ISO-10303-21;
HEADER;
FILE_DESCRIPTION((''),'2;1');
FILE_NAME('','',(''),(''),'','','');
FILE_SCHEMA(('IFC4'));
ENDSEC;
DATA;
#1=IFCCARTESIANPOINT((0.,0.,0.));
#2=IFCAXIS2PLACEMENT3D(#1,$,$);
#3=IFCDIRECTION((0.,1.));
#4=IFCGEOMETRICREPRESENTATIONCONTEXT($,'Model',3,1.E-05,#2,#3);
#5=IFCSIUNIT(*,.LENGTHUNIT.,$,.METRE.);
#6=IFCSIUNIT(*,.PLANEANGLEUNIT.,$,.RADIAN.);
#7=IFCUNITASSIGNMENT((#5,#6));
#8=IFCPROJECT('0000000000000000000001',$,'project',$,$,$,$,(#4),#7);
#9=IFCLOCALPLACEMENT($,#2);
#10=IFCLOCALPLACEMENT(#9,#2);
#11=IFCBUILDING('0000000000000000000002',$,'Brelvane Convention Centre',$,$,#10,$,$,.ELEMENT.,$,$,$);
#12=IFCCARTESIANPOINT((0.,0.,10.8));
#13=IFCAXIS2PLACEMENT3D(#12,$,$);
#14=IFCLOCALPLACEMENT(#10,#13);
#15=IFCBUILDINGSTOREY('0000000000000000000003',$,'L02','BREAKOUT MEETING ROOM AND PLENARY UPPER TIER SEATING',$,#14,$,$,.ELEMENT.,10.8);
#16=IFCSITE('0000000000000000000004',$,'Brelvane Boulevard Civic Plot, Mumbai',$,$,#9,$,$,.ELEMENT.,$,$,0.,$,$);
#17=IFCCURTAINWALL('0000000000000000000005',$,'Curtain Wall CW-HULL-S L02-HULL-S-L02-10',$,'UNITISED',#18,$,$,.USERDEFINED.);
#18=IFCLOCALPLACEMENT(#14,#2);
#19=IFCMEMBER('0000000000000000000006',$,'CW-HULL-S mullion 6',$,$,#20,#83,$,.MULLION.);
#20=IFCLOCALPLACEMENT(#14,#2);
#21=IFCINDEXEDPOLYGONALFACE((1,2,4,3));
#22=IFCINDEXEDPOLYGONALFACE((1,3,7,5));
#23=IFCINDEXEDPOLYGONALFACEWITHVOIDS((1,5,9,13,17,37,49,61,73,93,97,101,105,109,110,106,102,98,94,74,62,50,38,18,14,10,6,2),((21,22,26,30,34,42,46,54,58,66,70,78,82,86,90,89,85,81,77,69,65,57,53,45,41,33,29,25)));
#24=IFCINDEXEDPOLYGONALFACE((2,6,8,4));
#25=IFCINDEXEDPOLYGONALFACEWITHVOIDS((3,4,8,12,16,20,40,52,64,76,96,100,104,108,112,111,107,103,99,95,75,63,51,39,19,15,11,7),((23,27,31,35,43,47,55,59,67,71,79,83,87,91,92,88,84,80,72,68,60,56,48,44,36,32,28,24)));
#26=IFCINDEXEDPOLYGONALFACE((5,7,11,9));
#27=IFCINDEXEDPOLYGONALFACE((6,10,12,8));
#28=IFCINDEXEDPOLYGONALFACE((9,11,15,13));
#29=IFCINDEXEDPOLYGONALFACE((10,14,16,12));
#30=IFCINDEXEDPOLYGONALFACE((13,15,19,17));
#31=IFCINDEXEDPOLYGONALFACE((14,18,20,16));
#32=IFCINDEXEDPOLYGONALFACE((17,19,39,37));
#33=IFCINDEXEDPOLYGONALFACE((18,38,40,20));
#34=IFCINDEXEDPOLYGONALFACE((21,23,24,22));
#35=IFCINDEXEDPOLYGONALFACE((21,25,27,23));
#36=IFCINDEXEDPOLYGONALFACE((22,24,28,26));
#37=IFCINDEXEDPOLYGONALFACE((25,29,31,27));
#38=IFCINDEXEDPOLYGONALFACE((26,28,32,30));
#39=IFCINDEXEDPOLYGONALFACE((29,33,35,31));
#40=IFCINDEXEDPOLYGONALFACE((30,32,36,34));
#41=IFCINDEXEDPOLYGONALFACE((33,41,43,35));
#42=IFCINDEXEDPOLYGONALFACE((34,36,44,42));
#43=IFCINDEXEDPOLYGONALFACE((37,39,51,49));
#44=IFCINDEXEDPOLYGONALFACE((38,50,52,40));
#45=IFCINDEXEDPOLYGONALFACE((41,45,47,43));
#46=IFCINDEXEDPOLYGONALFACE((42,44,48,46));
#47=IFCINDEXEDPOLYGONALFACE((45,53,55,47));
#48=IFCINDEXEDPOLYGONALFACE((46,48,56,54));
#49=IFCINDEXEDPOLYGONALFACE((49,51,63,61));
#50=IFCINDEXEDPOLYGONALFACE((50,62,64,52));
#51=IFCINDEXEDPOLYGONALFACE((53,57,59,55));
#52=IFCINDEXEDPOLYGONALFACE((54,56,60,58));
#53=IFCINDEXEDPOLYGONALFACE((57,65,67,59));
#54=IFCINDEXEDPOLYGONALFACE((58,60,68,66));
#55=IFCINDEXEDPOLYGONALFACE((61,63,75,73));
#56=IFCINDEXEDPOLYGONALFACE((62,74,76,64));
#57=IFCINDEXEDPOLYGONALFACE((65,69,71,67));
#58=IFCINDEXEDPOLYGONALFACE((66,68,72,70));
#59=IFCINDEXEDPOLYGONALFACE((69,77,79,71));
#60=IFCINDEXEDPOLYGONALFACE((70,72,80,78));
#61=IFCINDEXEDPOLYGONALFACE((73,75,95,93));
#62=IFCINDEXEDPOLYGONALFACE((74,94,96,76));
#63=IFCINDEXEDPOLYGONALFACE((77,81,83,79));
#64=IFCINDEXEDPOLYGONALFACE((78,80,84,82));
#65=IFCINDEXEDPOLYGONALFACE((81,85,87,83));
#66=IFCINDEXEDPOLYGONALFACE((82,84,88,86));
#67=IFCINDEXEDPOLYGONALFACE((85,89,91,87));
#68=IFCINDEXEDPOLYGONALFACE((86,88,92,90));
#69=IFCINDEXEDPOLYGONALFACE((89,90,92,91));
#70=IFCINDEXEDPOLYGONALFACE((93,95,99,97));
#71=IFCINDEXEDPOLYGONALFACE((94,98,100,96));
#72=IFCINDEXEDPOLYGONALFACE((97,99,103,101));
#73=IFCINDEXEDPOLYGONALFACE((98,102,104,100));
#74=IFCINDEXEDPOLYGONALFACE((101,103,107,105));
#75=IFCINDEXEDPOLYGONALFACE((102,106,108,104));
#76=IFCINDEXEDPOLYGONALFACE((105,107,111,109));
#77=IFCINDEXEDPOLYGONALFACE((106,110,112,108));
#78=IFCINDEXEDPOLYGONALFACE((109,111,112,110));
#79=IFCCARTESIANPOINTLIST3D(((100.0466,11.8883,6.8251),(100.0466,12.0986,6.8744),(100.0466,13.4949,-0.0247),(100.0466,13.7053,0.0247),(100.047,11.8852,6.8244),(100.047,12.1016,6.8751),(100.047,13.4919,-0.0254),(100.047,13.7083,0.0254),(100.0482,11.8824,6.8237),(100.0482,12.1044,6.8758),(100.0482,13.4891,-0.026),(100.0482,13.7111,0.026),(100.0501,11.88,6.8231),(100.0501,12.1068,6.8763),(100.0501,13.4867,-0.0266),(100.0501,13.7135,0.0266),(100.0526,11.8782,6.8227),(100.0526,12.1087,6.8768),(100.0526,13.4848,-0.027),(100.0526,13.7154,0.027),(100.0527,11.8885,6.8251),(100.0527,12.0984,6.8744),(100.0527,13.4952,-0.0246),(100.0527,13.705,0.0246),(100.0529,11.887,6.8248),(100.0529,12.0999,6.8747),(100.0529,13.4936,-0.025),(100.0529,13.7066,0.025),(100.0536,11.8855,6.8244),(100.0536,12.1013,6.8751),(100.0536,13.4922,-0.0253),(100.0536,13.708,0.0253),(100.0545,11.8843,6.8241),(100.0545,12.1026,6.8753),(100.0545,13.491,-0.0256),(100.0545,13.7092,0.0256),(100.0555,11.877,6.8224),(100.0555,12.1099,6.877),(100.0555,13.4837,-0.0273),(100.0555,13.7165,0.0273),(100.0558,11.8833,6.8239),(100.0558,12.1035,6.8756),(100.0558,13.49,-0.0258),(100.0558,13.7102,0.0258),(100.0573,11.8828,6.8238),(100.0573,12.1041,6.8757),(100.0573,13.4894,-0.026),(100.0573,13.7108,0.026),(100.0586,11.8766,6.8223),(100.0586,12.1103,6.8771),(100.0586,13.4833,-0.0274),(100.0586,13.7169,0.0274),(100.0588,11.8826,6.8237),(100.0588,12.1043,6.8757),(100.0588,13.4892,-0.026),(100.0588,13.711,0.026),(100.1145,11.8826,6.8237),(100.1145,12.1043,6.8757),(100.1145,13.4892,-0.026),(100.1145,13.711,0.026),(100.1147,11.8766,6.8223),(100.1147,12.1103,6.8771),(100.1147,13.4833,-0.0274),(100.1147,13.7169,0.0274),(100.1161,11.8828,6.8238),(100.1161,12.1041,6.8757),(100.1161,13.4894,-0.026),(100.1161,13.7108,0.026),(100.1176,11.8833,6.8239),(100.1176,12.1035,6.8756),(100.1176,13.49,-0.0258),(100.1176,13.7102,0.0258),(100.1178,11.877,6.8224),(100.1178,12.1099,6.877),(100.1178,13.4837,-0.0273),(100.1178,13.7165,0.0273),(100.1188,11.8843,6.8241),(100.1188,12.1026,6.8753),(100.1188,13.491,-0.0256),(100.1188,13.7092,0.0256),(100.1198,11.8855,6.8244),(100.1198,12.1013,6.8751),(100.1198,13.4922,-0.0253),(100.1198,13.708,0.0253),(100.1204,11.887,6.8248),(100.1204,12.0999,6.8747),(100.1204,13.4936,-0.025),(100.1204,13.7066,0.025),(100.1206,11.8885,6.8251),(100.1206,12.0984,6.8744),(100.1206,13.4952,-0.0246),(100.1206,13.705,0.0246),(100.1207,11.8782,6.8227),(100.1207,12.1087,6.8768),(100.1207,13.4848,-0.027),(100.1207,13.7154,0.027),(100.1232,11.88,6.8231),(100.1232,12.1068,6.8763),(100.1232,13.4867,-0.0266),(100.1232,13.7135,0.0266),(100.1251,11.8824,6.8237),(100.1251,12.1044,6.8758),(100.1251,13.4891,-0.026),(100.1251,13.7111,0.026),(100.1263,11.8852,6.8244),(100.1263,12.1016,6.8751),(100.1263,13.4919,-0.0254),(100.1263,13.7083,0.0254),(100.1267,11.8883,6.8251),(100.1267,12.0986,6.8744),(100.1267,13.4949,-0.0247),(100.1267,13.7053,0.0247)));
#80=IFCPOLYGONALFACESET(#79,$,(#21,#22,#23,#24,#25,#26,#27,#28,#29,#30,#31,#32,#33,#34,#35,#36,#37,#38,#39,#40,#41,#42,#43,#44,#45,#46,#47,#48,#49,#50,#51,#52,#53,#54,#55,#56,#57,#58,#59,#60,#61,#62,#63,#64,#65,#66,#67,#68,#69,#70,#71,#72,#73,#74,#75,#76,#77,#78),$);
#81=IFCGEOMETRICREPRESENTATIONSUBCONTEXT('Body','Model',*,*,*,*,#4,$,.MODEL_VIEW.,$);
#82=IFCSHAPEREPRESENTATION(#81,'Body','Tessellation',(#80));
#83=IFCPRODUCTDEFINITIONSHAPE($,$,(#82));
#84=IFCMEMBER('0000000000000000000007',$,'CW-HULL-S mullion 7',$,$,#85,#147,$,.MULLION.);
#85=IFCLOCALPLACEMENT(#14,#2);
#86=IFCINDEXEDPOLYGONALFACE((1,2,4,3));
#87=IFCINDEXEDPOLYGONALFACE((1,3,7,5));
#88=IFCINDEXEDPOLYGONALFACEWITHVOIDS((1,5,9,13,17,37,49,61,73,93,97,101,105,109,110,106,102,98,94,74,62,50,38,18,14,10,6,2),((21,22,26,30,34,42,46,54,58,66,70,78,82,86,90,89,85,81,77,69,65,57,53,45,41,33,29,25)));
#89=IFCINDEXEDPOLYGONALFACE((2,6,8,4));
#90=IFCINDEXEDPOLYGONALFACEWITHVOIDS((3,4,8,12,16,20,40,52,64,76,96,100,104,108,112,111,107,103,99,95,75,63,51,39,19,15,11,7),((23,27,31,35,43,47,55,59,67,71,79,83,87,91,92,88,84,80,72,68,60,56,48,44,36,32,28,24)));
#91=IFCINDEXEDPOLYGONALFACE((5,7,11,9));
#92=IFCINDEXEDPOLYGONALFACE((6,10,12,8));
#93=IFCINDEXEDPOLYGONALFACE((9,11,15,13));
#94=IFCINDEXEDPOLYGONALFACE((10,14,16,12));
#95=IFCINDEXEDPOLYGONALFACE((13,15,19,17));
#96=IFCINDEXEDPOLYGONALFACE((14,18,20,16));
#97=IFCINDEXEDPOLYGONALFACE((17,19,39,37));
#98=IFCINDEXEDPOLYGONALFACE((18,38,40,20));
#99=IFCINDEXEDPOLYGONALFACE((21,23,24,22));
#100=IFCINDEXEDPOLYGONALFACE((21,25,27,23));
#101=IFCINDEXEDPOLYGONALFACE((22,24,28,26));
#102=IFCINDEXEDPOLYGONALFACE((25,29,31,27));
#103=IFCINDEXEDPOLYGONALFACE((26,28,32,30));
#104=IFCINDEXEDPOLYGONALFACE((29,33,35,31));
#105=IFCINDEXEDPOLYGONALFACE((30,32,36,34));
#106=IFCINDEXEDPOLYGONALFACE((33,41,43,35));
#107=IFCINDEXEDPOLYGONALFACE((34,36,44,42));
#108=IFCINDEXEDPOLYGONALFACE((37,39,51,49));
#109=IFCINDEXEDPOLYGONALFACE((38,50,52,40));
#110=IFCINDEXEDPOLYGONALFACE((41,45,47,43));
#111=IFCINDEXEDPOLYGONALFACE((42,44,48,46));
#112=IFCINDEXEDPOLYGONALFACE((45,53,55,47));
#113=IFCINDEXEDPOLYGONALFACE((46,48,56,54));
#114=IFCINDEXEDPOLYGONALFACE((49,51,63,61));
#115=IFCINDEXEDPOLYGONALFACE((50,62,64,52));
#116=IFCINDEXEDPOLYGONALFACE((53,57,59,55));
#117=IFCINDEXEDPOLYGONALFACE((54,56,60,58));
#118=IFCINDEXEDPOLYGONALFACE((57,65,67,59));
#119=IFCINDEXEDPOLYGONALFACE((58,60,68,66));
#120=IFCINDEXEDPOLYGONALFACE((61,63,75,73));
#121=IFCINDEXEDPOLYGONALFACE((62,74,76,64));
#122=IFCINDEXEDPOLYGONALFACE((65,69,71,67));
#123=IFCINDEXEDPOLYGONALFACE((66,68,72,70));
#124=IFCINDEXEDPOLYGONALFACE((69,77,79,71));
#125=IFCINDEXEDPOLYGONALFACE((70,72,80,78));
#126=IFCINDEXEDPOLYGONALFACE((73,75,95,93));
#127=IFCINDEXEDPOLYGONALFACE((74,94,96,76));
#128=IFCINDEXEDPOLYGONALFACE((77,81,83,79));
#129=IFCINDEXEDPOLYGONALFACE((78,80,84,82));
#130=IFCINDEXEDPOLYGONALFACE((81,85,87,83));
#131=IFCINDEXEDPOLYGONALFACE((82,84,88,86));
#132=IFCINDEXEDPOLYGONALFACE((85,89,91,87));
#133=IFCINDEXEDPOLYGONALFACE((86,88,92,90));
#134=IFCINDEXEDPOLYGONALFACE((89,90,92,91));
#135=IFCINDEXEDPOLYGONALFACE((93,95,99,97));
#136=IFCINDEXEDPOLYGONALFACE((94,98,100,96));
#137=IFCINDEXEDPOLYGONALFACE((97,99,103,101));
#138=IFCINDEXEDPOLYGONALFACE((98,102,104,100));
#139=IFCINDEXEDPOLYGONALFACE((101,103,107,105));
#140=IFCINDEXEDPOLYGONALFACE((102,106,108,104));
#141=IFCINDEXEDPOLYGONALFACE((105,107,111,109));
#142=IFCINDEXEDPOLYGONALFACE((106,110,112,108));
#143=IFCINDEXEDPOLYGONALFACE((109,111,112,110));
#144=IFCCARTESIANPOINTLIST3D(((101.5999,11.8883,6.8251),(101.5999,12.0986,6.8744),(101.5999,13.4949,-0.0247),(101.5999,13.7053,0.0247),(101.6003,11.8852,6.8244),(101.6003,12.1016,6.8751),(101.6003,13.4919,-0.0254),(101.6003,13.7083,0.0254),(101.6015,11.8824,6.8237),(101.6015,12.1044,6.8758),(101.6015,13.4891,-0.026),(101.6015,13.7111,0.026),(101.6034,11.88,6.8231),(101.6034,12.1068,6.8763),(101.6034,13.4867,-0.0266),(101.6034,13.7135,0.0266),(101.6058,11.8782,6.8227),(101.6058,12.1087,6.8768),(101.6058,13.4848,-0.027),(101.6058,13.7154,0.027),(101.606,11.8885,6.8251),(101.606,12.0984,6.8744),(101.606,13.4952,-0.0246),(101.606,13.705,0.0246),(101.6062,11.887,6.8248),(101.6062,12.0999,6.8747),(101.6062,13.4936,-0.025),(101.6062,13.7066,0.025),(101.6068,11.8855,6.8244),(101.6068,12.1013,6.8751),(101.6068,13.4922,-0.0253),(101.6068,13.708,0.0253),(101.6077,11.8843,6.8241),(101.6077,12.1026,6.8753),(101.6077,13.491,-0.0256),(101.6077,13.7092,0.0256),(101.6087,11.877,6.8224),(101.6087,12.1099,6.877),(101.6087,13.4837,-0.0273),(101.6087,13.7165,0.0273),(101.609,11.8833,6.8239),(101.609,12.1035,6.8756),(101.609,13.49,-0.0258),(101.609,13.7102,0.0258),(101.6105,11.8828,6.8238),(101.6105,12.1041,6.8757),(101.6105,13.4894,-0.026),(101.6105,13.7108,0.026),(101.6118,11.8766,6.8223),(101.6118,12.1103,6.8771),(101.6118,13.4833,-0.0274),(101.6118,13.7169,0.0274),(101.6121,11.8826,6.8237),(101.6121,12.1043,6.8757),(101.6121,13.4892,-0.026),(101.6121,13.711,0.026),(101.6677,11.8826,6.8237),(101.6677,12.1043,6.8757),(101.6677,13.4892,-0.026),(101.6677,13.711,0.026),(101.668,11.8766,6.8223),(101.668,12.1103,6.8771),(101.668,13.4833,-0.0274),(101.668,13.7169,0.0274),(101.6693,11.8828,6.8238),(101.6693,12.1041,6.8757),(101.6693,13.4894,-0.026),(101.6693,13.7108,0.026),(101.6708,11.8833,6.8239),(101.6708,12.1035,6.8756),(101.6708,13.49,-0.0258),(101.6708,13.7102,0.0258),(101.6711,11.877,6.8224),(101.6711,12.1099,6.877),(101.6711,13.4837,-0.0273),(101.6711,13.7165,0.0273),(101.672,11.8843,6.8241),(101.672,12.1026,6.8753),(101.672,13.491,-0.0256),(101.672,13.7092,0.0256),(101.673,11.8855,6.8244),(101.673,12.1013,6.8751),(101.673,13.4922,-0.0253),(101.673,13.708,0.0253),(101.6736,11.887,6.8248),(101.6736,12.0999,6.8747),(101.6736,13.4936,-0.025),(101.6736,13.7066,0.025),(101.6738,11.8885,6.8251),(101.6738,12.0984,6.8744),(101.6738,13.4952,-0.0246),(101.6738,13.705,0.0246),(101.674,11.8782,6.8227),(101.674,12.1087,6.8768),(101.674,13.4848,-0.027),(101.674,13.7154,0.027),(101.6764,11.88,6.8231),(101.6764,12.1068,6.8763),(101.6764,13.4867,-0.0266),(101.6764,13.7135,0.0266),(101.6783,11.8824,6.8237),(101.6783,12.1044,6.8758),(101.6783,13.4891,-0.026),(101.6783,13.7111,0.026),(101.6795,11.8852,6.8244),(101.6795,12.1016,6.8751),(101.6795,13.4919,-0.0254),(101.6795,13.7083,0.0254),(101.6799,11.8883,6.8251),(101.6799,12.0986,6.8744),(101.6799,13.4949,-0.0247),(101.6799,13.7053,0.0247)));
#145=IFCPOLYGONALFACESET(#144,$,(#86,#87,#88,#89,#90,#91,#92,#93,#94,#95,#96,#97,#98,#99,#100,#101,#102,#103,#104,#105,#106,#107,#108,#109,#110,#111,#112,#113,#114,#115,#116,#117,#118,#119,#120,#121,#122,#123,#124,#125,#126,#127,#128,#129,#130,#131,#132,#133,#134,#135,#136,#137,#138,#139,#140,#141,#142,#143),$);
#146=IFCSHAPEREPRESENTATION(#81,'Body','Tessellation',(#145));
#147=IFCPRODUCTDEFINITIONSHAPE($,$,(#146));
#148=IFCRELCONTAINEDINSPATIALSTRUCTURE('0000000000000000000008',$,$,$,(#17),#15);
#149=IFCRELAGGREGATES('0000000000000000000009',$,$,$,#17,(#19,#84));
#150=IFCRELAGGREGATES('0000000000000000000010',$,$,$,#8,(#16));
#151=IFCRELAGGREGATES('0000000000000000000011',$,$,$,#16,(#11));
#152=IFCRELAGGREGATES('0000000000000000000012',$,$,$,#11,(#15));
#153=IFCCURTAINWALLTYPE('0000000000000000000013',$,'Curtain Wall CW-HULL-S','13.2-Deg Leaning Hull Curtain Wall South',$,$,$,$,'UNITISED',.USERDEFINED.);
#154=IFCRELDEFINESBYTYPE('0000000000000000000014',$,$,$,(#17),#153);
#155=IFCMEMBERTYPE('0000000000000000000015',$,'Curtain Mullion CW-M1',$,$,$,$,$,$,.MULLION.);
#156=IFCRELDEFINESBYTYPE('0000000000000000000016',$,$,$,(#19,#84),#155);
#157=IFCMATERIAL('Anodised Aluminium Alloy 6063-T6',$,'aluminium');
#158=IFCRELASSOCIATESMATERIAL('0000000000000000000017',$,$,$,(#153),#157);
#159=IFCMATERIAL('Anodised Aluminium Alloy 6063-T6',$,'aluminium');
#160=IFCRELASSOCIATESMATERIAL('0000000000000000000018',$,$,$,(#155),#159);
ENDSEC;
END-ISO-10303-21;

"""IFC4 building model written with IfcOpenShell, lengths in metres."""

from ifc_helpers import new_model, si_unit, direction, frame, origin, origin_2d, place, context, subcontext, project, spatial, hollow_rectangle, extrude, material, material_profile, profile_set, type_object, element, aggregate, save


model = new_model("IFC4")

# Units and contexts
model_context = context("Model", 3, precision=1e-05, world=origin(), true_north=direction((0.0, 1.0)))
body_context = subcontext(model_context, "Body", "Model", "MODEL_VIEW")
ifc_project = project(units=[si_unit("LENGTHUNIT", "METRE"), si_unit("PLANEANGLEUNIT", "RADIAN")], contexts=[model_context])

# Site, building, storey
site_placement = place(None, origin())
site = spatial("IfcSite", under=ifc_project, at=site_placement, Name="Brelvane Boulevard Civic Plot, Mumbai", CompositionType="ELEMENT", RefElevation=0.0)
building_placement = place(site_placement, origin())
building = spatial("IfcBuilding", under=site, at=building_placement, Name="Brelvane Convention Centre", CompositionType="ELEMENT")
storey_placement = place(building_placement, frame((0.0, 0.0, 10.8)))
storey = spatial("IfcBuildingStorey", under=building, at=storey_placement, Name="L02", Description="BREAKOUT MEETING ROOM AND PLENARY UPPER TIER SEATING", CompositionType="ELEMENT", Elevation=10.8)

# Curtain wall, members
ifc_material_1 = material(Name="Anodised Aluminium Alloy 6063-T6", Category="aluminium")
curtain_wall_type = type_object("IfcCurtainWallType", Name="Curtain Wall CW-HULL-S", Description="13.2-Deg Leaning Hull Curtain Wall South", ElementType="UNITISED", PredefinedType="USERDEFINED", material=ifc_material_1)
curtain_wall_1_placement = place(storey_placement, origin())
curtain_wall_1 = element("IfcCurtainWall", 1, at=curtain_wall_1_placement, inside=storey, type_object=curtain_wall_type, Name="Curtain Wall CW-HULL-S L02-HULL-S-L02-10", ObjectType="UNITISED", PredefinedType="USERDEFINED")
ifc_material_2 = material(Name="Anodised Aluminium Alloy 6063-T6", Category="aluminium")
ifc_material_profile_1 = material_profile(ifc_material_2, hollow_rectangle(XDim=0.0801, YDim=0.24, WallThickness=0.0061, InnerFilletRadius=0.0061, OuterFilletRadius=0.012, at=origin_2d()), Name="ALU-M 240x80x6.0")
ifc_profile_set_1 = profile_set([ifc_material_profile_1], Name="Anodised Aluminium Alloy 6063-T6")
member_type_1 = type_object("IfcMemberType", Name="Curtain Mullion CW-M1", PredefinedType="MULLION", material=ifc_profile_set_1)
member_1_placement = place(storey_placement, frame((100.0867, 13.6001, 0.0), z_axis=(0.0, -0.22836, 0.973577), x_axis=(1.0, 0.0, 0.0)))
member_1 = element("IfcMember", 2, at=member_1_placement, type_object=member_type_1, Name="CW-HULL-S mullion 6", PredefinedType="MULLION", context=body_context, shape_type="SweptSolid", body=[
    extrude(hollow_rectangle(XDim=0.0801, YDim=0.24, WallThickness=0.0061, InnerFilletRadius=0.0061, OuterFilletRadius=0.012, at=origin_2d()), origin(), (0.0, 0.0, 1.0), 7.0356),
])
member_2_placement = place(storey_placement, frame((101.6399, 13.6001, 0.0), z_axis=(0.0, -0.22836, 0.973577), x_axis=(1.0, 0.0, 0.0)))
member_2 = element("IfcMember", 3, at=member_2_placement, type_object=member_type_1, Name="CW-HULL-S mullion 7", PredefinedType="MULLION", context=body_context, shape_type="SweptSolid", body=[
    extrude(hollow_rectangle(XDim=0.0801, YDim=0.24, WallThickness=0.0061, InnerFilletRadius=0.0061, OuterFilletRadius=0.012, at=origin_2d()), origin(), (0.0, 0.0, 1.0), 7.0356),
])

aggregate(curtain_wall_1, [member_1, member_2])

save(model, "model.ifc")
